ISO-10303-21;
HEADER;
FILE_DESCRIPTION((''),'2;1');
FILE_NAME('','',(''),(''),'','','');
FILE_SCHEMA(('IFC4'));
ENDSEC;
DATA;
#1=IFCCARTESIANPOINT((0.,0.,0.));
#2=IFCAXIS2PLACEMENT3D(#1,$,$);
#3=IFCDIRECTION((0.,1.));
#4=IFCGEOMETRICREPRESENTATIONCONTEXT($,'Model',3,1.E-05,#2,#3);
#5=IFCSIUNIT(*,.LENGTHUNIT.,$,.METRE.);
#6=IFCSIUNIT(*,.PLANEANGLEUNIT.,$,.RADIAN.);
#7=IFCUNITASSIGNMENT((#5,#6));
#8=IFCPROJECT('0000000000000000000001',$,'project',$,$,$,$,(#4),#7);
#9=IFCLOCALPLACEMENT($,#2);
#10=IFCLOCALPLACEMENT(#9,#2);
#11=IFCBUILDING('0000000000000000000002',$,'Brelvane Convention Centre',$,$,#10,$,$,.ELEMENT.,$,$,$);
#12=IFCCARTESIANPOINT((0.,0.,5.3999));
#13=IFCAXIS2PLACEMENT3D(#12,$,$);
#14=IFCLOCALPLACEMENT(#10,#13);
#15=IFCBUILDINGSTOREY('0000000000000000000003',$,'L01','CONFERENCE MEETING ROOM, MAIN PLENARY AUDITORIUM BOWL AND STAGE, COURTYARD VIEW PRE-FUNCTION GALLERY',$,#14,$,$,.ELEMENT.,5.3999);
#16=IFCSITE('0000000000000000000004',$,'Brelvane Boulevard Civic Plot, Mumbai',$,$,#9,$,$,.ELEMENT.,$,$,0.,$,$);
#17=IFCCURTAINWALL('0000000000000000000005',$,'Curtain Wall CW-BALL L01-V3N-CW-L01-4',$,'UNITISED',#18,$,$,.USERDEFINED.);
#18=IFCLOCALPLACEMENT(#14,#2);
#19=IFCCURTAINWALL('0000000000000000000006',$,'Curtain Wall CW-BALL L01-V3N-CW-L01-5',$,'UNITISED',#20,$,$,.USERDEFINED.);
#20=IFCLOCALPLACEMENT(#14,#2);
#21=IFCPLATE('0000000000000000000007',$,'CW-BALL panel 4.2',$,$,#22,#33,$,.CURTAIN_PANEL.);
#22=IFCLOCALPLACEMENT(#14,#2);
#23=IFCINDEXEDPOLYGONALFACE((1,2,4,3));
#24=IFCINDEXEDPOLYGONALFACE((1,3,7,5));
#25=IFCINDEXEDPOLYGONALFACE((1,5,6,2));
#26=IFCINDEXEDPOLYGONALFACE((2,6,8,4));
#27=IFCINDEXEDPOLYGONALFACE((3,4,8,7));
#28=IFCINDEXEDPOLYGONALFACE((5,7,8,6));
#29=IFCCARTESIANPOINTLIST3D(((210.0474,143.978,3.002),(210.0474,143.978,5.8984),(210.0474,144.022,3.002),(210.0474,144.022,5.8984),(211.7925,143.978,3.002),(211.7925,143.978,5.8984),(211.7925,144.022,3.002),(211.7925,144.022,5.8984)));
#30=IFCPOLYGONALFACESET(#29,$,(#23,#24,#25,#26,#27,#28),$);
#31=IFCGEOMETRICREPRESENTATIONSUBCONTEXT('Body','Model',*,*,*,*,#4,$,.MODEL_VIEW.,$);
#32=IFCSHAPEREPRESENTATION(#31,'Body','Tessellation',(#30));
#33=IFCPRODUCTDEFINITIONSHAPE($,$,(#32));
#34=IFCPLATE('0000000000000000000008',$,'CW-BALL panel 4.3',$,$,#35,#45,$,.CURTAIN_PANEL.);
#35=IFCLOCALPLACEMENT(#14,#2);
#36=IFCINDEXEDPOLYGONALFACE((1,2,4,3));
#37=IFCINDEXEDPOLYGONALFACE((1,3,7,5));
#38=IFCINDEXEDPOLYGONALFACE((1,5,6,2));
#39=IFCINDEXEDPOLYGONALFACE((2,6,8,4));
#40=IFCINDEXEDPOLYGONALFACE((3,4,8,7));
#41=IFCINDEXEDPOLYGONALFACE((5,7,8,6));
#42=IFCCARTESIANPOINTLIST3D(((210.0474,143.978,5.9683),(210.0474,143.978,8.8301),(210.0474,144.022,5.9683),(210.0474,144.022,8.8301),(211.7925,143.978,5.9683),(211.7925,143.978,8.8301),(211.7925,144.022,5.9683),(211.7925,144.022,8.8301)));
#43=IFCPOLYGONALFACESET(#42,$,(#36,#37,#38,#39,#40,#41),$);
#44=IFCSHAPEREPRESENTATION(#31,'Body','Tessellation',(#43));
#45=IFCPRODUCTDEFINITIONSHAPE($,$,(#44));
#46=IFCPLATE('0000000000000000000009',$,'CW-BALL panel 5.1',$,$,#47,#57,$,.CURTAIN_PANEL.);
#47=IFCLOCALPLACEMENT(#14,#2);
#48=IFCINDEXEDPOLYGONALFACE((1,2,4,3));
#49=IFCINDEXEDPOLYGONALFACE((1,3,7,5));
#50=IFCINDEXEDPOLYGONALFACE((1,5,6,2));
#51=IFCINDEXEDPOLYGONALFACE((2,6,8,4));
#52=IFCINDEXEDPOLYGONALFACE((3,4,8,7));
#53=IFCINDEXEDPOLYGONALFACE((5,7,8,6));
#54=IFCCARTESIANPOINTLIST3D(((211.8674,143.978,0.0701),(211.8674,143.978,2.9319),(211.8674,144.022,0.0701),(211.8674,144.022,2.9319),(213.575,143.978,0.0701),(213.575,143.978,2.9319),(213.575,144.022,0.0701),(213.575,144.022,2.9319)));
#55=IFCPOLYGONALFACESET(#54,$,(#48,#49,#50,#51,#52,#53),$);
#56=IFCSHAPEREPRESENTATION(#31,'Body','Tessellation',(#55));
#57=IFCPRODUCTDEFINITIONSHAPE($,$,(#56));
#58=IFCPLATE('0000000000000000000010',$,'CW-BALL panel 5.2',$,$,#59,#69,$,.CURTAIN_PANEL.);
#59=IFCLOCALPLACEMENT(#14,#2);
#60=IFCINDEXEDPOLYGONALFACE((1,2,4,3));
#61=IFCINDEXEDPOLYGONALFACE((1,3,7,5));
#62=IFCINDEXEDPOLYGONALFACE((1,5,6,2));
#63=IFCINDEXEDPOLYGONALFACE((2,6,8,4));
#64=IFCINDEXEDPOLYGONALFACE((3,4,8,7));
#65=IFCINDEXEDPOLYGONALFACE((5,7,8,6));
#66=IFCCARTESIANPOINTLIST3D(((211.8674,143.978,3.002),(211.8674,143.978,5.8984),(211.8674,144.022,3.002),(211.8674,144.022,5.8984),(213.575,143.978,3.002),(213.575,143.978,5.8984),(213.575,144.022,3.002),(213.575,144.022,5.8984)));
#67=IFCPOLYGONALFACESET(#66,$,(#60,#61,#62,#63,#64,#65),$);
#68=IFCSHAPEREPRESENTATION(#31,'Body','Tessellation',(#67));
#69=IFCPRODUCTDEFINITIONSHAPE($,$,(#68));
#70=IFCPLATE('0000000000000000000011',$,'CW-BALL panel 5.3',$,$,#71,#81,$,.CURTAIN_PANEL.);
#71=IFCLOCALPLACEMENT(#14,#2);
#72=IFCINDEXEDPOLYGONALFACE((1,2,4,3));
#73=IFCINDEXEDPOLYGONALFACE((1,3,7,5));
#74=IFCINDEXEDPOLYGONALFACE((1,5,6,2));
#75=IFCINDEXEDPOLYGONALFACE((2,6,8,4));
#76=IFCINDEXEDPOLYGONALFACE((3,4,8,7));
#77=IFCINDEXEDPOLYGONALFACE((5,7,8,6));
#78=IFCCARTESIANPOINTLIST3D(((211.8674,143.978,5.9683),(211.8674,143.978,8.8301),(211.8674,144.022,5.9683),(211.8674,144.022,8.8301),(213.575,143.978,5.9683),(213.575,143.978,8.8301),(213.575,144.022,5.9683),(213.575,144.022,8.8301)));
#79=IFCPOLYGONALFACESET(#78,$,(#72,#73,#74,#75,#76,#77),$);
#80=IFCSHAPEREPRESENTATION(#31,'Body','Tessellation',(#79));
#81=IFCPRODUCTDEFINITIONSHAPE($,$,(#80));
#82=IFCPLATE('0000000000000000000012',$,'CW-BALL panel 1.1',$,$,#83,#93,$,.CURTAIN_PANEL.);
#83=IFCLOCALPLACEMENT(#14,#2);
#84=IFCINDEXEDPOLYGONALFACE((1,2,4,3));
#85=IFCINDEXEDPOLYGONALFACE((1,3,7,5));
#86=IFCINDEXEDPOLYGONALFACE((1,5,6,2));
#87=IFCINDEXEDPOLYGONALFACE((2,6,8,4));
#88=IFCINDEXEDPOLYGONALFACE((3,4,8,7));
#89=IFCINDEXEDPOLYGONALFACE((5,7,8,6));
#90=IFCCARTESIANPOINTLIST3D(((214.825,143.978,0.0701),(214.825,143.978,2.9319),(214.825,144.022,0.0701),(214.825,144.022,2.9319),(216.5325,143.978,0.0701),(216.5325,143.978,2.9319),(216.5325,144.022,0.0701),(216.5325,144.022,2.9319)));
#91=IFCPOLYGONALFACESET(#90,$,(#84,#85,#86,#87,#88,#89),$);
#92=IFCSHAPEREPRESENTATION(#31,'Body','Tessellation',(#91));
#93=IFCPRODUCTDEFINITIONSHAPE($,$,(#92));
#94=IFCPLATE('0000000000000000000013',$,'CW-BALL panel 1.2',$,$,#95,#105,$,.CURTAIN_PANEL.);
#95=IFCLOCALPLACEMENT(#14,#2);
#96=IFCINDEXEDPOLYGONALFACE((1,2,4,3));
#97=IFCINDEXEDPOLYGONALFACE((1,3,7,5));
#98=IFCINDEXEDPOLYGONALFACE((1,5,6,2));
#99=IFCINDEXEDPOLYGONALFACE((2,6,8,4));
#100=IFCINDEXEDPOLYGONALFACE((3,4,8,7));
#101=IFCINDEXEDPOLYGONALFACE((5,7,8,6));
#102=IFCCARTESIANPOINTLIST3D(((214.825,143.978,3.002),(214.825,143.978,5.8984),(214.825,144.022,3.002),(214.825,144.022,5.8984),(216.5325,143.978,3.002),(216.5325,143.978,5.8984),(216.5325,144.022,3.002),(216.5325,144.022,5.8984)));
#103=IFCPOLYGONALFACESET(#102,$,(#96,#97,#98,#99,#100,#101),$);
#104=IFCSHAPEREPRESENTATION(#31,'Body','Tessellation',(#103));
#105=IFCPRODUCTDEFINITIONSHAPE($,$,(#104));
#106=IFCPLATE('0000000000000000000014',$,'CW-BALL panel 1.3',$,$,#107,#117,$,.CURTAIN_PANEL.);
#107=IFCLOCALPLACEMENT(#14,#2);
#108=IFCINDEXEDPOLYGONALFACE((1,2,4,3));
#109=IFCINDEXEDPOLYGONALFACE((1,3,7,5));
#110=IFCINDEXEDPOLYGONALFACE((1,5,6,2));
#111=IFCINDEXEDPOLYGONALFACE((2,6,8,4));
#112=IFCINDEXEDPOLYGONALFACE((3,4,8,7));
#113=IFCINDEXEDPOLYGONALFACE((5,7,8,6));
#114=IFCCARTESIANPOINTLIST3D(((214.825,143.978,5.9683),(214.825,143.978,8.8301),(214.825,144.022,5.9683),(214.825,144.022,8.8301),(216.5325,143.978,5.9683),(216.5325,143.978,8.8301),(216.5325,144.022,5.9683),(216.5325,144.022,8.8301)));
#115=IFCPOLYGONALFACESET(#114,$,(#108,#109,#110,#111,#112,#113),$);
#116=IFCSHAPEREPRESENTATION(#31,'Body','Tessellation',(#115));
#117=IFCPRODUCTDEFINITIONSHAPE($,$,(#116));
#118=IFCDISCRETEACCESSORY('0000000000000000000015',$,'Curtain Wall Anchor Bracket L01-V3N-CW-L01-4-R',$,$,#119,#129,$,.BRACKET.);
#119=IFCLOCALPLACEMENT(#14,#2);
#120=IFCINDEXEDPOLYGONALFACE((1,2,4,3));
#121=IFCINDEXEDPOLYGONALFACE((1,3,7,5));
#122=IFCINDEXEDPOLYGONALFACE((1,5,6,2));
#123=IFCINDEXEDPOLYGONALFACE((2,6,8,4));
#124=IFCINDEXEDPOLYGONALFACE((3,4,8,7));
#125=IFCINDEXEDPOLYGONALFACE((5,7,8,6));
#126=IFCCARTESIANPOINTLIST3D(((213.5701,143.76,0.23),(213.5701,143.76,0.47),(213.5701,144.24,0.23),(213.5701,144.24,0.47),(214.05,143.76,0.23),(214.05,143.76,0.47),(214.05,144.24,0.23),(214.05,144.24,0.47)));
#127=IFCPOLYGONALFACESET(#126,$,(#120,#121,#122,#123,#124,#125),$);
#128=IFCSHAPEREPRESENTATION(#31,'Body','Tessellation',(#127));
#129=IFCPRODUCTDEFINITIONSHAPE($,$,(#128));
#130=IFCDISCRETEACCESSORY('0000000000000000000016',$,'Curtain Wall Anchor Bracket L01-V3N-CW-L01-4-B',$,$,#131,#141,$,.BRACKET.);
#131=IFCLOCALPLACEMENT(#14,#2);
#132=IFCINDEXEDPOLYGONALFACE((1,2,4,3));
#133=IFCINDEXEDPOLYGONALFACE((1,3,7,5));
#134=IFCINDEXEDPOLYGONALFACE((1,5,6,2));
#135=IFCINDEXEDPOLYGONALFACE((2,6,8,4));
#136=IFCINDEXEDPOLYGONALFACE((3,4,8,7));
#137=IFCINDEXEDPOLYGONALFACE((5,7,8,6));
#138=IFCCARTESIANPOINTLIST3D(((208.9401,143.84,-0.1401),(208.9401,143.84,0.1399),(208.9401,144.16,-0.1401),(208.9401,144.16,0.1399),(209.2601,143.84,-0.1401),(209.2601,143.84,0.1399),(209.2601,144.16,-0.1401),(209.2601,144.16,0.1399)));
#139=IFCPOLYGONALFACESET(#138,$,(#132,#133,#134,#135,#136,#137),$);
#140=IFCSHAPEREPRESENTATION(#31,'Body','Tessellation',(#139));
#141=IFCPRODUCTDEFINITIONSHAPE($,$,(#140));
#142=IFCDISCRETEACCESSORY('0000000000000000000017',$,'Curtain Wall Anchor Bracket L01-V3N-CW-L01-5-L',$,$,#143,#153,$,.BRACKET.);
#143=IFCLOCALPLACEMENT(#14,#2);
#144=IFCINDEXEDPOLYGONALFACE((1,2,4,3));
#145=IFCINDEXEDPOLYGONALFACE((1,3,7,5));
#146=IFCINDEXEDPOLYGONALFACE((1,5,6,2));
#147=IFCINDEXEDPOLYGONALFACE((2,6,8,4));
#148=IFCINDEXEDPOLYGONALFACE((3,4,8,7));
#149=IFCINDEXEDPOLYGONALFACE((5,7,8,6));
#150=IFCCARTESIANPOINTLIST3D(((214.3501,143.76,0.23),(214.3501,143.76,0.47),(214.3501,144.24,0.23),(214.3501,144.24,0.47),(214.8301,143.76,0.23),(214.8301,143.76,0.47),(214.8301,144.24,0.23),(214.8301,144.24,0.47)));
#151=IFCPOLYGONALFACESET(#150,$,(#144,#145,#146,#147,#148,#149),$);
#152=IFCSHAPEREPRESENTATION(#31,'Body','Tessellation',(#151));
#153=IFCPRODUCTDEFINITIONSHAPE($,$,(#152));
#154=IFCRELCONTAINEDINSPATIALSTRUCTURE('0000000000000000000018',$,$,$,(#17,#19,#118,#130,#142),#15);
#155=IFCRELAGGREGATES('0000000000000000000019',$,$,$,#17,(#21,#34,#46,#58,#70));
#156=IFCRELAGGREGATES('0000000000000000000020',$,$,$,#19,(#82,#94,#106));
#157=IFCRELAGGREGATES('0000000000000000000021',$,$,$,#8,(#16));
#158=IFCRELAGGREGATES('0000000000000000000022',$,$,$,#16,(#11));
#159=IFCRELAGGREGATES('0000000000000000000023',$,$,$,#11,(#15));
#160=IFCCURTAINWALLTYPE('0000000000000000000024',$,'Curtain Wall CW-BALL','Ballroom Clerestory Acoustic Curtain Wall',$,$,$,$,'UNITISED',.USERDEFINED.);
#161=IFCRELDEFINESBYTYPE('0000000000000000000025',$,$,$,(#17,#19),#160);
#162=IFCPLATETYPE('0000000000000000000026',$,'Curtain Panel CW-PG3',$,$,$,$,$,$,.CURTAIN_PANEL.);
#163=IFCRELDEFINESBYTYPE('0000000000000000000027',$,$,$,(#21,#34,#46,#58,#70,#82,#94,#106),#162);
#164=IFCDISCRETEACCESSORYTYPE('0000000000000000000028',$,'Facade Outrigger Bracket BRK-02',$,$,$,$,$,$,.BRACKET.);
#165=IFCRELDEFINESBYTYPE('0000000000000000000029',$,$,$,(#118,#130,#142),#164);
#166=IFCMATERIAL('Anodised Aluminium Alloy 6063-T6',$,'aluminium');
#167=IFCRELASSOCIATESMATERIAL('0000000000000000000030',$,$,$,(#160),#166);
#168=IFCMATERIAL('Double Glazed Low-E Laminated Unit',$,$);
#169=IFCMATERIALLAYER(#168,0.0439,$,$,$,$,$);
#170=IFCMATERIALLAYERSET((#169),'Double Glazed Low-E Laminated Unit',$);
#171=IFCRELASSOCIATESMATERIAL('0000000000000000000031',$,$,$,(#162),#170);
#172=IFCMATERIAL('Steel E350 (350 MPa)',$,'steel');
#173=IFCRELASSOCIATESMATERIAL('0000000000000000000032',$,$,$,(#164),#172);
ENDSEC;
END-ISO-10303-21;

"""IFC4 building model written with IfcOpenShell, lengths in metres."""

from ifc_helpers import new_model, si_unit, direction, frame, origin, origin_2d, place, context, subcontext, project, spatial, rectangle, extrude, material, layer, layer_set, type_object, element, aggregate, save


model = new_model("IFC4")

# Units and contexts
model_context = context("Model", 3, precision=1e-05, world=origin(), true_north=direction((0.0, 1.0)))
body_context = subcontext(model_context, "Body", "Model", "MODEL_VIEW")
ifc_project = project(units=[si_unit("LENGTHUNIT", "METRE"), si_unit("PLANEANGLEUNIT", "RADIAN")], contexts=[model_context])

# Site, building, storey
site_placement = place(None, origin())
site = spatial("IfcSite", under=ifc_project, at=site_placement, Name="Brelvane Boulevard Civic Plot, Mumbai", CompositionType="ELEMENT", RefElevation=0.0)
building_placement = place(site_placement, origin())
building = spatial("IfcBuilding", under=site, at=building_placement, Name="Brelvane Convention Centre", CompositionType="ELEMENT")
storey_placement = place(building_placement, frame((0.0, 0.0, 5.3999)))
storey = spatial("IfcBuildingStorey", under=building, at=storey_placement, Name="L01", Description="CONFERENCE MEETING ROOM, MAIN PLENARY AUDITORIUM BOWL AND STAGE, COURTYARD VIEW PRE-FUNCTION GALLERY", CompositionType="ELEMENT", Elevation=5.3999)

# Curtain walls
ifc_material_1 = material(Name="Anodised Aluminium Alloy 6063-T6", Category="aluminium")
curtain_wall_type = type_object("IfcCurtainWallType", Name="Curtain Wall CW-BALL", Description="Ballroom Clerestory Acoustic Curtain Wall", ElementType="UNITISED", PredefinedType="USERDEFINED", material=ifc_material_1)
curtain_wall_1_placement = place(storey_placement, origin())
curtain_wall_1 = element("IfcCurtainWall", 1, at=curtain_wall_1_placement, inside=storey, type_object=curtain_wall_type, Name="Curtain Wall CW-BALL L01-V3N-CW-L01-4", ObjectType="UNITISED", PredefinedType="USERDEFINED")
curtain_wall_2_placement = place(storey_placement, origin())
curtain_wall_2 = element("IfcCurtainWall", 2, at=curtain_wall_2_placement, inside=storey, type_object=curtain_wall_type, Name="Curtain Wall CW-BALL L01-V3N-CW-L01-5", ObjectType="UNITISED", PredefinedType="USERDEFINED")

# Plates
ifc_material_2 = material(Name="Double Glazed Low-E Laminated Unit")
ifc_layer = layer(ifc_material_2, 0.0439)
ifc_layer_set = layer_set([ifc_layer], Name="Double Glazed Low-E Laminated Unit")
plate_type = type_object("IfcPlateType", Name="Curtain Panel CW-PG3", PredefinedType="CURTAIN_PANEL", material=ifc_layer_set)
plate_1_placement = place(storey_placement, frame((210.9199, 144.0, 3.002), z_axis=(0.0, 0.0, 1.0), x_axis=(1.0, 0.0, 0.0)))
plate_1 = element("IfcPlate", 3, at=plate_1_placement, type_object=plate_type, Name="CW-BALL panel 4.2", PredefinedType="CURTAIN_PANEL", context=body_context, shape_type="SweptSolid", body=[
    extrude(rectangle(XDim=1.7451, YDim=0.0439, at=origin_2d()), origin(), (0.0, 0.0, 1.0), 2.8965),
])
plate_2_placement = place(storey_placement, frame((210.9199, 144.0, 5.9683), z_axis=(0.0, 0.0, 1.0), x_axis=(1.0, 0.0, 0.0)))
plate_2 = element("IfcPlate", 4, at=plate_2_placement, type_object=plate_type, Name="CW-BALL panel 4.3", PredefinedType="CURTAIN_PANEL", context=body_context, shape_type="SweptSolid", body=[
    extrude(rectangle(XDim=1.7451, YDim=0.0439, at=origin_2d()), origin(), (0.0, 0.0, 1.0), 2.8618),
])
plate_3_placement = place(storey_placement, frame((212.7212, 144.0, 0.0701), z_axis=(0.0, 0.0, 1.0), x_axis=(1.0, 0.0, 0.0)))
plate_3 = element("IfcPlate", 5, at=plate_3_placement, type_object=plate_type, Name="CW-BALL panel 5.1", PredefinedType="CURTAIN_PANEL", context=body_context, shape_type="SweptSolid", body=[
    extrude(rectangle(XDim=1.7075, YDim=0.0439, at=origin_2d()), origin(), (0.0, 0.0, 1.0), 2.8618),
])
plate_4_placement = place(storey_placement, frame((212.7212, 144.0, 3.002), z_axis=(0.0, 0.0, 1.0), x_axis=(1.0, 0.0, 0.0)))
plate_4 = element("IfcPlate", 6, at=plate_4_placement, type_object=plate_type, Name="CW-BALL panel 5.2", PredefinedType="CURTAIN_PANEL", context=body_context, shape_type="SweptSolid", body=[
    extrude(rectangle(XDim=1.7075, YDim=0.0439, at=origin_2d()), origin(), (0.0, 0.0, 1.0), 2.8965),
])
plate_5_placement = place(storey_placement, frame((212.7212, 144.0, 5.9683), z_axis=(0.0, 0.0, 1.0), x_axis=(1.0, 0.0, 0.0)))
plate_5 = element("IfcPlate", 7, at=plate_5_placement, type_object=plate_type, Name="CW-BALL panel 5.3", PredefinedType="CURTAIN_PANEL", context=body_context, shape_type="SweptSolid", body=[
    extrude(rectangle(XDim=1.7075, YDim=0.0439, at=origin_2d()), origin(), (0.0, 0.0, 1.0), 2.8618),
])
aggregate(curtain_wall_1, [plate_1, plate_2, plate_3, plate_4, plate_5])
plate_6_placement = place(storey_placement, frame((215.6787, 144.0, 0.0701), z_axis=(0.0, 0.0, 1.0), x_axis=(1.0, 0.0, 0.0)))
plate_6 = element("IfcPlate", 8, at=plate_6_placement, type_object=plate_type, Name="CW-BALL panel 1.1", PredefinedType="CURTAIN_PANEL", context=body_context, shape_type="SweptSolid", body=[
    extrude(rectangle(XDim=1.7075, YDim=0.0439, at=origin_2d()), origin(), (0.0, 0.0, 1.0), 2.8618),
])
plate_7_placement = place(storey_placement, frame((215.6787, 144.0, 3.002), z_axis=(0.0, 0.0, 1.0), x_axis=(1.0, 0.0, 0.0)))
plate_7 = element("IfcPlate", 9, at=plate_7_placement, type_object=plate_type, Name="CW-BALL panel 1.2", PredefinedType="CURTAIN_PANEL", context=body_context, shape_type="SweptSolid", body=[
    extrude(rectangle(XDim=1.7075, YDim=0.0439, at=origin_2d()), origin(), (0.0, 0.0, 1.0), 2.8965),
])
plate_8_placement = place(storey_placement, frame((215.6787, 144.0, 5.9683), z_axis=(0.0, 0.0, 1.0), x_axis=(1.0, 0.0, 0.0)))
plate_8 = element("IfcPlate", 10, at=plate_8_placement, type_object=plate_type, Name="CW-BALL panel 1.3", PredefinedType="CURTAIN_PANEL", context=body_context, shape_type="SweptSolid", body=[
    extrude(rectangle(XDim=1.7075, YDim=0.0439, at=origin_2d()), origin(), (0.0, 0.0, 1.0), 2.8618),
])
aggregate(curtain_wall_2, [plate_6, plate_7, plate_8])

# Discrete accessories
ifc_material_3 = material(Name="Steel E350 (350 MPa)", Category="steel")
discrete_accessory_type = type_object("IfcDiscreteAccessoryType", Name="Facade Outrigger Bracket BRK-02", PredefinedType="BRACKET", material=ifc_material_3)
discrete_accessory_1_placement = place(storey_placement, frame((213.8101, 144.0, 0.23), z_axis=(0.0, 0.0, 1.0), x_axis=(1.0, 0.0, 0.0)))
element("IfcDiscreteAccessory", 11, at=discrete_accessory_1_placement, inside=storey, type_object=discrete_accessory_type, Name="Curtain Wall Anchor Bracket L01-V3N-CW-L01-4-R", PredefinedType="BRACKET", context=body_context, shape_type="SweptSolid", body=[
    extrude(rectangle(XDim=0.48, YDim=0.48, at=origin_2d()), origin(), (0.0, 0.0, 1.0), 0.24),
])
discrete_accessory_2_placement = place(storey_placement, frame((209.1001, 144.0, -0.1401), z_axis=(0.0, 0.0, 1.0), x_axis=(1.0, 0.0, 0.0)))
element("IfcDiscreteAccessory", 12, at=discrete_accessory_2_placement, inside=storey, type_object=discrete_accessory_type, Name="Curtain Wall Anchor Bracket L01-V3N-CW-L01-4-B", PredefinedType="BRACKET", context=body_context, shape_type="SweptSolid", body=[
    extrude(rectangle(XDim=0.3201, YDim=0.3201, at=origin_2d()), origin(), (0.0, 0.0, 1.0), 0.28),
])
discrete_accessory_3_placement = place(storey_placement, frame((214.5901, 144.0, 0.23), z_axis=(0.0, 0.0, 1.0), x_axis=(1.0, 0.0, 0.0)))
element("IfcDiscreteAccessory", 13, at=discrete_accessory_3_placement, inside=storey, type_object=discrete_accessory_type, Name="Curtain Wall Anchor Bracket L01-V3N-CW-L01-5-L", PredefinedType="BRACKET", context=body_context, shape_type="SweptSolid", body=[
    extrude(rectangle(XDim=0.48, YDim=0.48, at=origin_2d()), origin(), (0.0, 0.0, 1.0), 0.24),
])

save(model, "model.ifc")
